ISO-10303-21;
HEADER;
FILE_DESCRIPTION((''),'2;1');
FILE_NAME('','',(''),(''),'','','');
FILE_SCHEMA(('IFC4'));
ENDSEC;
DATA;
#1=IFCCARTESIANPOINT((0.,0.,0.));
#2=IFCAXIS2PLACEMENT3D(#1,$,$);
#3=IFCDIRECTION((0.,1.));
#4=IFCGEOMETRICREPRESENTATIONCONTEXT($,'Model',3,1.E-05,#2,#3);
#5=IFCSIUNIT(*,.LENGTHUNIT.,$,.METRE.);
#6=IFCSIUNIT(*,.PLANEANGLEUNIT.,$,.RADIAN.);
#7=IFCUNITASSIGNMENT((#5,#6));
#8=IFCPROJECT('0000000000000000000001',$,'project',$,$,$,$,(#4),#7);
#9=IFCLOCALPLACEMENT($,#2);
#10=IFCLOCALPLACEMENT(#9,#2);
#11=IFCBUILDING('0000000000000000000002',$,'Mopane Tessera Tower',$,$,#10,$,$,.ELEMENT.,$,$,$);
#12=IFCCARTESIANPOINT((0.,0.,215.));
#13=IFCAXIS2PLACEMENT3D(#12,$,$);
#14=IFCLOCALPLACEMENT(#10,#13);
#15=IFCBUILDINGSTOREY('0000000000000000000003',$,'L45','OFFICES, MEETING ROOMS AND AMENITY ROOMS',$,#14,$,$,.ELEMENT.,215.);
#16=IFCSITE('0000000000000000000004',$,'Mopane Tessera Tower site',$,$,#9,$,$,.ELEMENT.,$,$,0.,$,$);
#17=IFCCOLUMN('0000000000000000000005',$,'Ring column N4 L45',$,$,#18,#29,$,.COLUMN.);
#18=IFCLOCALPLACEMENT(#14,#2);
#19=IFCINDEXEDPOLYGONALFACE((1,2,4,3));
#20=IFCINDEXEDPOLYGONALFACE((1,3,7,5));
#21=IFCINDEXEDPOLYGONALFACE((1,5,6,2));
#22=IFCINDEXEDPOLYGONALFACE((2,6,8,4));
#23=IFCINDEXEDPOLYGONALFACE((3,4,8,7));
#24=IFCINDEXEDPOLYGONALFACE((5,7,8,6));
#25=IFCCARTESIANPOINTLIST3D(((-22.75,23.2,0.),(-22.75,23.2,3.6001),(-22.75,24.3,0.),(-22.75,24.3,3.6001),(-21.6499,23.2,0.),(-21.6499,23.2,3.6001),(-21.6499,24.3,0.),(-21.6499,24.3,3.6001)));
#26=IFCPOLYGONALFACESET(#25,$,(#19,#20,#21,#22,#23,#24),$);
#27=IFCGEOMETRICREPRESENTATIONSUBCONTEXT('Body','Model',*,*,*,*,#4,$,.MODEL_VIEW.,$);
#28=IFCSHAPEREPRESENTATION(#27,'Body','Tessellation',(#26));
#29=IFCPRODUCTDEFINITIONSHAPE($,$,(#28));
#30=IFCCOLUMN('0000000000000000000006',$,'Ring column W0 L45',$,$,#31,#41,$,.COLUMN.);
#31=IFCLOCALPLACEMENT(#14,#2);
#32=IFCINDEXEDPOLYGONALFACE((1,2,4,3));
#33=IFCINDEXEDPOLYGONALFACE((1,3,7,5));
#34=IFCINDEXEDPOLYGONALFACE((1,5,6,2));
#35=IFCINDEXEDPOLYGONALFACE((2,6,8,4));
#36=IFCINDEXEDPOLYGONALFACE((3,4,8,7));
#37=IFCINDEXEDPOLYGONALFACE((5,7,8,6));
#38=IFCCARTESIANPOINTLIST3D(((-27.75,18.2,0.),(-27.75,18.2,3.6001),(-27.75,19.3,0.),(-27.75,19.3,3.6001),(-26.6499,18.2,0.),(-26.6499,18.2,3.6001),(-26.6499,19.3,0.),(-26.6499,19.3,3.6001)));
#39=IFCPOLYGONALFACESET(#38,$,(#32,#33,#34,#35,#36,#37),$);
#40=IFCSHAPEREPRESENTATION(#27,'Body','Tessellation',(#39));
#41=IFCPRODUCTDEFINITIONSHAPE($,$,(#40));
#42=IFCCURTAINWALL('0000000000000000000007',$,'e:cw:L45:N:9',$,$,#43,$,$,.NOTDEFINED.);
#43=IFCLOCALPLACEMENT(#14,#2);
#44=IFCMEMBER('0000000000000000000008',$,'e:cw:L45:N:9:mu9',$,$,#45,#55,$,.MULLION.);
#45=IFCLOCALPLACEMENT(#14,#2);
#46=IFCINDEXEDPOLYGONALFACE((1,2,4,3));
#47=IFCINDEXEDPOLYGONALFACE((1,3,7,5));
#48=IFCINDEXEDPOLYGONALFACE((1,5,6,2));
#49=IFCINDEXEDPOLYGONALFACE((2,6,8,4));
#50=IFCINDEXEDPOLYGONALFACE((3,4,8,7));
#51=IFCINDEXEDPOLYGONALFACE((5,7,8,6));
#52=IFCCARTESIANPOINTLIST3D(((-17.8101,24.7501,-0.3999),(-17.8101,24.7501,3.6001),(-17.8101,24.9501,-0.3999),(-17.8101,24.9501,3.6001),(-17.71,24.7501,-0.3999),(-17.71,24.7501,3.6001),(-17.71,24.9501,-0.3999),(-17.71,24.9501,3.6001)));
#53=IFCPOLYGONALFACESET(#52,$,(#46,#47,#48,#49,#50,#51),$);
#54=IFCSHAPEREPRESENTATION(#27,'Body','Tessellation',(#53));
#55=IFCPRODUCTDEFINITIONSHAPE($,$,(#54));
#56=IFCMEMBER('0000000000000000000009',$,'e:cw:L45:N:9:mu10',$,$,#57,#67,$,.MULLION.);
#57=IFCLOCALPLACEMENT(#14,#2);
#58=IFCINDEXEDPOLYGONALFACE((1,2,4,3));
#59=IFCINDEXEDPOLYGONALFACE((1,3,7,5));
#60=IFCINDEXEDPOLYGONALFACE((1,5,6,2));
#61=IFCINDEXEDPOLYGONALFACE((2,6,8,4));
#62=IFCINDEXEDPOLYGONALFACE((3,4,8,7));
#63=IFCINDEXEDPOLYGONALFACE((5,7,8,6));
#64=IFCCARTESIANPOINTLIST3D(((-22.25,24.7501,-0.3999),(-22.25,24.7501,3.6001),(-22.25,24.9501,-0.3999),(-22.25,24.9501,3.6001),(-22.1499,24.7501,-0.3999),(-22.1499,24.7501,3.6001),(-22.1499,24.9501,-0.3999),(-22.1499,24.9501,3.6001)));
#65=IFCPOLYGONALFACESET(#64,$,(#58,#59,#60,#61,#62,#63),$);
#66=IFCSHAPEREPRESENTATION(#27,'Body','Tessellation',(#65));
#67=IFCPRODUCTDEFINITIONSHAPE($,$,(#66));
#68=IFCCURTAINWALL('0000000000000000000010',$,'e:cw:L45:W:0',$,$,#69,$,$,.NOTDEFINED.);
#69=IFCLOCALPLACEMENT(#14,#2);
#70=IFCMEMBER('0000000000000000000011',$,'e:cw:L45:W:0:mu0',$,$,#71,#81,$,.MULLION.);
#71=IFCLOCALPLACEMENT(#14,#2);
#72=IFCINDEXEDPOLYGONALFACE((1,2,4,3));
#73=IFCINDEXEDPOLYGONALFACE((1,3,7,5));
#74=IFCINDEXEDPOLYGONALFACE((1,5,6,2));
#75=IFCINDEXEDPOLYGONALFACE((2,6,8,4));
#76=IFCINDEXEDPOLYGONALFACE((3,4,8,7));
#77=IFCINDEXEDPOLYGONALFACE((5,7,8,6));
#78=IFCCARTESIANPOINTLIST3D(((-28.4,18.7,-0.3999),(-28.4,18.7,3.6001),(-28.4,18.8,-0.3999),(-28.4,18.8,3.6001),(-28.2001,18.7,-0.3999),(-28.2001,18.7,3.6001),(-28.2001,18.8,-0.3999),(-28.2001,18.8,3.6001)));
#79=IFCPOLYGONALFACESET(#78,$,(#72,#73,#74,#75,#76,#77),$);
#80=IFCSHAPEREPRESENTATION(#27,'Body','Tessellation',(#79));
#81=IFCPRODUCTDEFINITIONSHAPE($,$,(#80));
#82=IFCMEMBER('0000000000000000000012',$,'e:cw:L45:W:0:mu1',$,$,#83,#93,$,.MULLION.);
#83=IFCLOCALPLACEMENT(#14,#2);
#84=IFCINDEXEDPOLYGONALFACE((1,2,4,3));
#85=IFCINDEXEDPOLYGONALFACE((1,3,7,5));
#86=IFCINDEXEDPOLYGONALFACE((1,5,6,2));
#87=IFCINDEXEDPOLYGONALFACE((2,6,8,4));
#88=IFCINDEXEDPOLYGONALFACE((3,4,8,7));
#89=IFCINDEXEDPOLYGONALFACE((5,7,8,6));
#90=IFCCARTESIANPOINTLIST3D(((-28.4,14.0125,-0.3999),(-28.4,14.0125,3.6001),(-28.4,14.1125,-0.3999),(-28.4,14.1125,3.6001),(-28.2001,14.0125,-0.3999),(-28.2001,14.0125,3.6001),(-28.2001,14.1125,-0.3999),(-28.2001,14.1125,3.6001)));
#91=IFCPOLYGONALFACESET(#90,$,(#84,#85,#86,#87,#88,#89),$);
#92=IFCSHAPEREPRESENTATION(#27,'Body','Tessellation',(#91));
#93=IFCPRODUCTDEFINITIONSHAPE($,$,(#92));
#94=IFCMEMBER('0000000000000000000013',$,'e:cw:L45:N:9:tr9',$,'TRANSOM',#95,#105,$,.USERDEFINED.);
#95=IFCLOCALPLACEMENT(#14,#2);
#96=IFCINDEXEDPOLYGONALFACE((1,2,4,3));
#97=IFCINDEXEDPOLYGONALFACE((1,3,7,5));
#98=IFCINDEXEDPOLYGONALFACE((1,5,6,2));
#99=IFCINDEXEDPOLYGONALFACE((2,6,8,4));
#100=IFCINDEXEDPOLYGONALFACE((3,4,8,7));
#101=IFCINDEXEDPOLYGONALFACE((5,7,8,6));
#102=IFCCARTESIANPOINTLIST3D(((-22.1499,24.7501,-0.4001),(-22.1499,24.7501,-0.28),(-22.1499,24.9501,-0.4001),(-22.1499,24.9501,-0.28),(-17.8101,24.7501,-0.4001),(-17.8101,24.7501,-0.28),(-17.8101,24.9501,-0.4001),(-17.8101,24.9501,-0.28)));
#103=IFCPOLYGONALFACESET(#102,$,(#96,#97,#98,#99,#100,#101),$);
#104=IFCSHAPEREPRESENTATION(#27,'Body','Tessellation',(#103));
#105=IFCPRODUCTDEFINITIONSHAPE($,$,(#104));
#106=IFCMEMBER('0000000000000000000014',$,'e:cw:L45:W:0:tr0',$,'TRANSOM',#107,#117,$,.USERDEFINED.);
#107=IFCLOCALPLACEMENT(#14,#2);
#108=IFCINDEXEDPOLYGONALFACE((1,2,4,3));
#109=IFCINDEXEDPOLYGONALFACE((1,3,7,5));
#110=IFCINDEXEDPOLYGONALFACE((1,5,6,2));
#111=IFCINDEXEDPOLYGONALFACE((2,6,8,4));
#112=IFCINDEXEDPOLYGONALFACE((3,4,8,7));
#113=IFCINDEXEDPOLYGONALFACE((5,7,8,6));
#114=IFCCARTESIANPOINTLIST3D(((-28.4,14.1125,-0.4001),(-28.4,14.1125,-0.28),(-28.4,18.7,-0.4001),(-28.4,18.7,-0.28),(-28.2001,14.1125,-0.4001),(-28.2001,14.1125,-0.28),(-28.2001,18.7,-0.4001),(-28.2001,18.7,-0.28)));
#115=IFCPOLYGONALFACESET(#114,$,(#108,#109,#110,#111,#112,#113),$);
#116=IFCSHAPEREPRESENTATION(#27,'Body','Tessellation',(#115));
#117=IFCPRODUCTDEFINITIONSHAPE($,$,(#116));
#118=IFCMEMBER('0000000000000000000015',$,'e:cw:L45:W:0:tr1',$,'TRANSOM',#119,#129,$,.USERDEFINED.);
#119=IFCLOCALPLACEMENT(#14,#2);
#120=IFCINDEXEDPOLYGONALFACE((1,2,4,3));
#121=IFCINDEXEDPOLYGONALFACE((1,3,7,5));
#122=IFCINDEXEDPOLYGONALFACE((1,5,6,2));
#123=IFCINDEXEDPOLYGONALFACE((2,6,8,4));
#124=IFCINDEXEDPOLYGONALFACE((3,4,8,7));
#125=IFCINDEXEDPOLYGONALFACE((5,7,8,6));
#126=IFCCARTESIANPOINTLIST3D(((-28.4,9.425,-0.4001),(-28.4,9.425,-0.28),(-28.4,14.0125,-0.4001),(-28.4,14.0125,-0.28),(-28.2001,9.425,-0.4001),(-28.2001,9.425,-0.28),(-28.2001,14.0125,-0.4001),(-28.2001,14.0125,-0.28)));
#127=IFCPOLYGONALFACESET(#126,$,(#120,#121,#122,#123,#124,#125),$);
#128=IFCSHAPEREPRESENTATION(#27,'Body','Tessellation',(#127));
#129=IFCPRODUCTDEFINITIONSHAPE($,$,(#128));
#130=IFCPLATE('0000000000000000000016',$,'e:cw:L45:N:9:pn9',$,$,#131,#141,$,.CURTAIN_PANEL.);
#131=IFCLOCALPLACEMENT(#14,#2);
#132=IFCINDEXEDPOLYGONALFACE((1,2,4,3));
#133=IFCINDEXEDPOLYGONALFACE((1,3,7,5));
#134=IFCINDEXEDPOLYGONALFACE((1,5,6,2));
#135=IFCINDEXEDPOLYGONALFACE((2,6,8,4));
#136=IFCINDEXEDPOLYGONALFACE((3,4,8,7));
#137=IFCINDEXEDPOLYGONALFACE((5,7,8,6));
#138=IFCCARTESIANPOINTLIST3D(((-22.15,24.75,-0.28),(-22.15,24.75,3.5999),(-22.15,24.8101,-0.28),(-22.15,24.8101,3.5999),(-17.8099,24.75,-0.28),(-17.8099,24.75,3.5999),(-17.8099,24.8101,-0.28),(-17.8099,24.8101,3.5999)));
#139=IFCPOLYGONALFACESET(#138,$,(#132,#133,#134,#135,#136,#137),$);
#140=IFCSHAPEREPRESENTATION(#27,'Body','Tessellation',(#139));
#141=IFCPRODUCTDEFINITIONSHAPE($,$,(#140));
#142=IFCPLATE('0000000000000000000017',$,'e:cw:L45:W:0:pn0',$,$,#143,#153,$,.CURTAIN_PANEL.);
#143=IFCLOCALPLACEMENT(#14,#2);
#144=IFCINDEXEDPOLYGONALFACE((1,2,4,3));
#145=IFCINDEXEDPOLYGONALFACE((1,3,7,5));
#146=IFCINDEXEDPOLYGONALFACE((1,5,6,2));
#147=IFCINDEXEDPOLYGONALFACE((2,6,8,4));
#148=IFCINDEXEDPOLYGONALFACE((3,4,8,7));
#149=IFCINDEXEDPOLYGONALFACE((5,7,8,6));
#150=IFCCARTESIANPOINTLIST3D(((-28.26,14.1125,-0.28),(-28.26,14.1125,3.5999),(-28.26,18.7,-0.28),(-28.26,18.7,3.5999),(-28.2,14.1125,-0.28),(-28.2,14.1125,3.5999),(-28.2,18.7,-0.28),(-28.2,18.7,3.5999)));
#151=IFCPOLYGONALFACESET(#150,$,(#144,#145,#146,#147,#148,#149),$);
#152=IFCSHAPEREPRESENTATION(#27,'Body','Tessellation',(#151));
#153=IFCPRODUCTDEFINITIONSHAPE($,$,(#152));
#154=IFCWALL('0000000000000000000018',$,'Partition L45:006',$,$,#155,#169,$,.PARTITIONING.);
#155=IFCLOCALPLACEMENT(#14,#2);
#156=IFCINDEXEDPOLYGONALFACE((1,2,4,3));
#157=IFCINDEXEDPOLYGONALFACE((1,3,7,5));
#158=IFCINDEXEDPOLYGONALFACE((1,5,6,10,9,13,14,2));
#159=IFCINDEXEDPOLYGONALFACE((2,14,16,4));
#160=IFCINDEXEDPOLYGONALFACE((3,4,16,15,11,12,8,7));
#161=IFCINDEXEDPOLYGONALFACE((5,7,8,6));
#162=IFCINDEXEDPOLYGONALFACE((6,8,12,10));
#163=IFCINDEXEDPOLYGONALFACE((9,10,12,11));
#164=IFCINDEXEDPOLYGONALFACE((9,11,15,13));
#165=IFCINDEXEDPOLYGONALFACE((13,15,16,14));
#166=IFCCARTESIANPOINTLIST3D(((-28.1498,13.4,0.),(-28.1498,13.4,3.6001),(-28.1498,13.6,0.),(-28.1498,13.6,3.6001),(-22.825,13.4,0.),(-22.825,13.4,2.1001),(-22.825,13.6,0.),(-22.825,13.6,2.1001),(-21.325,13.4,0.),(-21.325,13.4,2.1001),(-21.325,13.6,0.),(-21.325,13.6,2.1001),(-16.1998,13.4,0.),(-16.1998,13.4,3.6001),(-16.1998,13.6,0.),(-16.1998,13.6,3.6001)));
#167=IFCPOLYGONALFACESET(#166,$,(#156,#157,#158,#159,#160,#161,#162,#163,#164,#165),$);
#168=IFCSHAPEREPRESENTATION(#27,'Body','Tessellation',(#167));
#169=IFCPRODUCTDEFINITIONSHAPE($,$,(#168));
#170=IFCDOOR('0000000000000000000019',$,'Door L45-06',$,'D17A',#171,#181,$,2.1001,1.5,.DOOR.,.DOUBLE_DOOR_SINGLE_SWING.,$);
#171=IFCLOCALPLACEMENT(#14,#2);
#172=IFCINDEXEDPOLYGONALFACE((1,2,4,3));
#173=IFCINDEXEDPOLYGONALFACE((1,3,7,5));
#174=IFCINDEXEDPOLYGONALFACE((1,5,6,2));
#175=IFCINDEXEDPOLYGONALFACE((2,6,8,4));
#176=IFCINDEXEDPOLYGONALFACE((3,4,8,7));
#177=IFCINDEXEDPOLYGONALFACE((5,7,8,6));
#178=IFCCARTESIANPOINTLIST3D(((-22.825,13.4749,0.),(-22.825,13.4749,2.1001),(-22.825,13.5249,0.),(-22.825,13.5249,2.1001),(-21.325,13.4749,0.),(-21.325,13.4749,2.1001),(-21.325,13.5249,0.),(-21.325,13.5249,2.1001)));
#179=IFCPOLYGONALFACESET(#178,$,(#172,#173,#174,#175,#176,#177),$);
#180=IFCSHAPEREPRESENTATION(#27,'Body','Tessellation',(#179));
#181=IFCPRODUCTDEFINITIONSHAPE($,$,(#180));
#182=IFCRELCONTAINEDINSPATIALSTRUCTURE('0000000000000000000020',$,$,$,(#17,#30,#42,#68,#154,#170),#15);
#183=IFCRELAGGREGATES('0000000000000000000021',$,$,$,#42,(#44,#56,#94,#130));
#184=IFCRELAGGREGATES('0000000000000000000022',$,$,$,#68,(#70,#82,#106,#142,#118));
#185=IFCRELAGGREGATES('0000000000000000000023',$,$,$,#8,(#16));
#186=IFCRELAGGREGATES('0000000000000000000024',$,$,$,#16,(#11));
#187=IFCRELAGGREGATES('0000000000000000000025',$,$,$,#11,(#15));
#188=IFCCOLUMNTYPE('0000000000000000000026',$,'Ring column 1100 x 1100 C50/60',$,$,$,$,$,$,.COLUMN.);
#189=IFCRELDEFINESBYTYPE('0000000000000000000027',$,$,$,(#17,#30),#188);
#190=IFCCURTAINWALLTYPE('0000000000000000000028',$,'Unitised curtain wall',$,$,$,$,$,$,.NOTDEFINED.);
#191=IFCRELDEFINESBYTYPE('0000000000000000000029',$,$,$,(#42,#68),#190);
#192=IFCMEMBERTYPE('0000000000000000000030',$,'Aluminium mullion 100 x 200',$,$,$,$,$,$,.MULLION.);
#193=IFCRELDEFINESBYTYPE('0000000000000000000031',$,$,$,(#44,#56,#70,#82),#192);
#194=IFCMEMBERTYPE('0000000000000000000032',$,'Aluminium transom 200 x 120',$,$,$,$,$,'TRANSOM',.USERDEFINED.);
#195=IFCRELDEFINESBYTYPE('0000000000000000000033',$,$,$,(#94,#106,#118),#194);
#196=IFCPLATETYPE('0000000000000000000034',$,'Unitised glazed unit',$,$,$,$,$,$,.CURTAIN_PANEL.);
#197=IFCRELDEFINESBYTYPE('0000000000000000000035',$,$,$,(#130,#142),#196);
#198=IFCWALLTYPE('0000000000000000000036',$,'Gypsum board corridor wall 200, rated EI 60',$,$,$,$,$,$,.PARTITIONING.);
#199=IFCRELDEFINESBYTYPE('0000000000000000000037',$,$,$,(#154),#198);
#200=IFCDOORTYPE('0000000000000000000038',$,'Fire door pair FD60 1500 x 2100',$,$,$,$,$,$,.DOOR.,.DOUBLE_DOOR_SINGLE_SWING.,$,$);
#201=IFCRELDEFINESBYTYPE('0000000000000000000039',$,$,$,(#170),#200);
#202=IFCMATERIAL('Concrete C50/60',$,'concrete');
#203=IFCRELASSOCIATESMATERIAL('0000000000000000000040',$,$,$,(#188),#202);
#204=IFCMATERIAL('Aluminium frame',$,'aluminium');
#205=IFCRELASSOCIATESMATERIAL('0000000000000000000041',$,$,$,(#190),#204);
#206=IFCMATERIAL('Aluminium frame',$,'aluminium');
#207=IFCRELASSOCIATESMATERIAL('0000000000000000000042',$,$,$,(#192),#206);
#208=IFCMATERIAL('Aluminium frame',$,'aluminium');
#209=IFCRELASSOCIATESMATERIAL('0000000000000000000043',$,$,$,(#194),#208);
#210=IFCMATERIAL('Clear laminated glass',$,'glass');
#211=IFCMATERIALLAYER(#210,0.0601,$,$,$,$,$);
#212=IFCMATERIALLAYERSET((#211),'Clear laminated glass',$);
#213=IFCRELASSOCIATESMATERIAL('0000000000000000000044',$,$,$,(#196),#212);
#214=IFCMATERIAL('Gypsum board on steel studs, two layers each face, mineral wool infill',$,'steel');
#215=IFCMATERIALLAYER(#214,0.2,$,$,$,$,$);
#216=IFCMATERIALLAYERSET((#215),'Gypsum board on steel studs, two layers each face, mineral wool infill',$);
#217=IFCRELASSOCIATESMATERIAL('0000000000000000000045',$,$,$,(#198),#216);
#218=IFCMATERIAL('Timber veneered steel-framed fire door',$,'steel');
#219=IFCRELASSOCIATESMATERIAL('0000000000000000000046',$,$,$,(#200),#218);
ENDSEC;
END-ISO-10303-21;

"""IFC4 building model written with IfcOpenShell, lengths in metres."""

from ifc_helpers import new_model, si_unit, direction, frame, frame_2d, origin, origin_2d, place, context, subcontext, project, spatial, rectangle, extrude, material, layer, layer_set, material_profile, profile_set, type_object, element, fill, aggregate, save


model = new_model("IFC4")

# Units and contexts
model_context = context("Model", 3, precision=1e-05, world=origin(), true_north=direction((0.0, 1.0)))
body_context = subcontext(model_context, "Body", "Model", "MODEL_VIEW")
ifc_project = project(units=[si_unit("LENGTHUNIT", "METRE"), si_unit("PLANEANGLEUNIT", "RADIAN")], contexts=[model_context])

# Site, building, storey
site_placement = place(None, origin())
site = spatial("IfcSite", under=ifc_project, at=site_placement, Name="Mopane Tessera Tower site", CompositionType="ELEMENT", RefElevation=0.0)
building_placement = place(site_placement, origin())
building = spatial("IfcBuilding", under=site, at=building_placement, Name="Mopane Tessera Tower", CompositionType="ELEMENT")
storey_placement = place(building_placement, frame((0.0, 0.0, 215.0)))
storey = spatial("IfcBuildingStorey", under=building, at=storey_placement, Name="L45", Description="OFFICES, MEETING ROOMS AND AMENITY ROOMS", CompositionType="ELEMENT", Elevation=215.0)

# Columns
ifc_material_1 = material(Name="Concrete C50/60", Category="concrete")
ifc_material_profile_1 = material_profile(ifc_material_1, rectangle(XDim=1.1001, YDim=1.1001, at=origin_2d()))
ifc_profile_set_1 = profile_set([ifc_material_profile_1], Name="Concrete C50/60")
column_type = type_object("IfcColumnType", Name="Ring column 1100 x 1100 C50/60", PredefinedType="COLUMN", material=ifc_profile_set_1)
for number, where, z_axis, x_axis, name in (
    (1, (-22.2, 23.75, 0.0), (0.0, 0.0, 1.0), (1.0, 0.0, 0.0), "Ring column N4 L45"),
    (2, (-27.2, 18.75, 0.0), (0.0, 0.0, 1.0), (1.0, 0.0, 0.0), "Ring column W0 L45"),
):
    element("IfcColumn", number, at=place(storey_placement, frame(where, z_axis=z_axis, x_axis=x_axis)), inside=storey, type_object=column_type, Name=name, PredefinedType="COLUMN", context=body_context, shape_type="SweptSolid", body=[
        extrude(rectangle(XDim=1.1001, YDim=1.1001, at=origin_2d()), origin(), (0.0, 0.0, 1.0), 3.6001),
    ])

# Curtain walls, members
ifc_material_2 = material(Name="Aluminium frame", Category="aluminium")
curtain_wall_type = type_object("IfcCurtainWallType", Name="Unitised curtain wall", PredefinedType="NOTDEFINED", material=ifc_material_2)
curtain_wall_1_placement = place(storey_placement, origin())
curtain_wall_1 = element("IfcCurtainWall", 3, at=curtain_wall_1_placement, inside=storey, type_object=curtain_wall_type, Name="e:cw:L45:N:9", PredefinedType="NOTDEFINED")
ifc_material_3 = material(Name="Aluminium frame", Category="aluminium")
ifc_material_profile_2 = material_profile(ifc_material_3, rectangle(XDim=0.1001, YDim=0.2, at=origin_2d()))
ifc_profile_set_2 = profile_set([ifc_material_profile_2], Name="Aluminium frame")
member_type_1 = type_object("IfcMemberType", Name="Aluminium mullion 100 x 200", PredefinedType="MULLION", material=ifc_profile_set_2)
member_1_placement = place(storey_placement, frame((-17.76, 24.8501, -0.3999), z_axis=(0.0, 0.0, 1.0), x_axis=(-1.0, 0.0, 0.0)))
member_1 = element("IfcMember", 4, at=member_1_placement, type_object=member_type_1, Name="e:cw:L45:N:9:mu9", PredefinedType="MULLION", context=body_context, shape_type="SweptSolid", body=[
    extrude(rectangle(XDim=0.1001, YDim=0.2, at=origin_2d()), origin(), (0.0, 0.0, 1.0), 4.0),
])
member_2_placement = place(storey_placement, frame((-22.2, 24.8501, -0.3999), z_axis=(0.0, 0.0, 1.0), x_axis=(-1.0, 0.0, 0.0)))
member_2 = element("IfcMember", 5, at=member_2_placement, type_object=member_type_1, Name="e:cw:L45:N:9:mu10", PredefinedType="MULLION", context=body_context, shape_type="SweptSolid", body=[
    extrude(rectangle(XDim=0.1001, YDim=0.2, at=origin_2d()), origin(), (0.0, 0.0, 1.0), 4.0),
])
curtain_wall_2_placement = place(storey_placement, origin())
curtain_wall_2 = element("IfcCurtainWall", 6, at=curtain_wall_2_placement, inside=storey, type_object=curtain_wall_type, Name="e:cw:L45:W:0", PredefinedType="NOTDEFINED")
member_3_placement = place(storey_placement, frame((-28.3, 18.75, -0.3999), z_axis=(0.0, 0.0, 1.0), x_axis=(0.0, -1.0, 0.0)))
member_3 = element("IfcMember", 7, at=member_3_placement, type_object=member_type_1, Name="e:cw:L45:W:0:mu0", PredefinedType="MULLION", context=body_context, shape_type="SweptSolid", body=[
    extrude(rectangle(XDim=0.1001, YDim=0.2, at=origin_2d()), origin(), (0.0, 0.0, 1.0), 4.0),
])
member_4_placement = place(storey_placement, frame((-28.3, 14.0625, -0.3999), z_axis=(0.0, 0.0, 1.0), x_axis=(0.0, -1.0, 0.0)))
member_4 = element("IfcMember", 8, at=member_4_placement, type_object=member_type_1, Name="e:cw:L45:W:0:mu1", PredefinedType="MULLION", context=body_context, shape_type="SweptSolid", body=[
    extrude(rectangle(XDim=0.1001, YDim=0.2, at=origin_2d()), origin(), (0.0, 0.0, 1.0), 4.0),
])

# Members
ifc_material_4 = material(Name="Aluminium frame", Category="aluminium")
ifc_material_profile_3 = material_profile(ifc_material_4, rectangle(XDim=0.2, YDim=0.1201, at=origin_2d()))
ifc_profile_set_3 = profile_set([ifc_material_profile_3], Name="Aluminium frame")
member_type_2 = type_object("IfcMemberType", Name="Aluminium transom 200 x 120", ElementType="TRANSOM", PredefinedType="USERDEFINED", material=ifc_profile_set_3)
member_5_placement = place(storey_placement, frame((-17.8101, 24.8501, -0.3401), z_axis=(-1.0, 0.0, 0.0), x_axis=(0.0, -1.0, 0.0)))
member_5 = element("IfcMember", 9, at=member_5_placement, type_object=member_type_2, Name="e:cw:L45:N:9:tr9", ObjectType="TRANSOM", PredefinedType="USERDEFINED", context=body_context, shape_type="SweptSolid", body=[
    extrude(rectangle(XDim=0.2, YDim=0.1201, at=origin_2d()), origin(), (0.0, 0.0, 1.0), 4.3398),
])
member_6_placement = place(storey_placement, frame((-28.3, 18.7, -0.3401), z_axis=(0.0, -1.0, 0.0), x_axis=(1.0, 0.0, 0.0)))
member_6 = element("IfcMember", 10, at=member_6_placement, type_object=member_type_2, Name="e:cw:L45:W:0:tr0", ObjectType="TRANSOM", PredefinedType="USERDEFINED", context=body_context, shape_type="SweptSolid", body=[
    extrude(rectangle(XDim=0.2, YDim=0.1201, at=origin_2d()), origin(), (0.0, 0.0, 1.0), 4.5874),
])
member_7_placement = place(storey_placement, frame((-28.3, 14.0125, -0.3401), z_axis=(0.0, -1.0, 0.0), x_axis=(1.0, 0.0, 0.0)))
member_7 = element("IfcMember", 11, at=member_7_placement, type_object=member_type_2, Name="e:cw:L45:W:0:tr1", ObjectType="TRANSOM", PredefinedType="USERDEFINED", context=body_context, shape_type="SweptSolid", body=[
    extrude(rectangle(XDim=0.2, YDim=0.1201, at=origin_2d()), origin(), (0.0, 0.0, 1.0), 4.5874),
])

# Plates
ifc_material_5 = material(Name="Clear laminated glass", Category="glass")
ifc_layer_1 = layer(ifc_material_5, 0.0601)
ifc_layer_set_1 = layer_set([ifc_layer_1], Name="Clear laminated glass")
plate_type = type_object("IfcPlateType", Name="Unitised glazed unit", PredefinedType="CURTAIN_PANEL", material=ifc_layer_set_1)
plate_1_placement = place(storey_placement, frame((-19.98, 24.78, -0.28), z_axis=(0.0, 0.0, 1.0), x_axis=(-1.0, 0.0, 0.0)))
plate_1 = element("IfcPlate", 12, at=plate_1_placement, type_object=plate_type, Name="e:cw:L45:N:9:pn9", PredefinedType="CURTAIN_PANEL", context=body_context, shape_type="SweptSolid", body=[
    extrude(rectangle(XDim=4.3401, YDim=0.0601, at=origin_2d()), origin(), (0.0, 0.0, 1.0), 3.8799),
])
aggregate(curtain_wall_1, [member_1, member_2, member_5, plate_1])
plate_2_placement = place(storey_placement, frame((-28.23, 16.4062, -0.28), z_axis=(0.0, 0.0, 1.0), x_axis=(0.0, -1.0, 0.0)))
plate_2 = element("IfcPlate", 13, at=plate_2_placement, type_object=plate_type, Name="e:cw:L45:W:0:pn0", PredefinedType="CURTAIN_PANEL", context=body_context, shape_type="SweptSolid", body=[
    extrude(rectangle(XDim=4.5874, YDim=0.0601, at=origin_2d()), origin(), (0.0, 0.0, 1.0), 3.8799),
])
aggregate(curtain_wall_2, [member_3, member_4, member_6, plate_2, member_7])

# Wall, opening, door
ifc_material_6 = material(Name="Gypsum board on steel studs, two layers each face, mineral wool infill", Category="steel")
ifc_layer_2 = layer(ifc_material_6, 0.2)
ifc_layer_set_2 = layer_set([ifc_layer_2], Name="Gypsum board on steel studs, two layers each face, mineral wool infill")
wall_type_1 = type_object("IfcWallType", Name="Gypsum board corridor wall 200, rated EI 60", PredefinedType="PARTITIONING", material=ifc_layer_set_2)
wall_1_placement = place(storey_placement, frame((-28.1499, 13.5, 0.0), z_axis=(0.0, 0.0, 1.0), x_axis=(1.0, 0.0, 0.0)))
wall_1 = element("IfcWall", 14, at=wall_1_placement, inside=storey, type_object=wall_type_1, Name="Partition L45:006", PredefinedType="PARTITIONING", context=body_context, shape_type="SweptSolid", body=[
    extrude(rectangle(XDim=11.95, YDim=0.2, at=frame_2d((5.9751, 0.0))), origin(), (0.0, 0.0, 1.0), 3.6001),
])
opening_1_placement = place(wall_1_placement, frame((5.325, 0.0, 0.0)))
opening_1 = element("IfcOpeningElement", 15, at=opening_1_placement, cuts=wall_1, PredefinedType="OPENING", context=body_context, shape_type="SweptSolid", body=[
    extrude(rectangle(XDim=1.5, YDim=2.1001, at=frame_2d((0.75, 1.05))), frame((0.0, 0.1121, 0.0), z_axis=(0.0, -1.0, 0.0), x_axis=(1.0, 0.0, 0.0)), (0.0, 0.0, 1.0), 0.2239),
])
ifc_material_7 = material(Name="Timber veneered steel-framed fire door", Category="steel")
door_type_1 = type_object("IfcDoorType", Name="Fire door pair FD60 1500 x 2100", OperationType="DOUBLE_DOOR_SINGLE_SWING", PredefinedType="DOOR", material=ifc_material_7)
door_1_placement = place(opening_1_placement, origin())
door_1 = element("IfcDoor", 16, at=door_1_placement, inside=storey, type_object=door_type_1, Name="Door L45-06", ObjectType="D17A", OperationType="DOUBLE_DOOR_SINGLE_SWING", OverallHeight=2.1001, OverallWidth=1.5, PredefinedType="DOOR", context=body_context, shape_type="SweptSolid", body=[
    extrude(rectangle(XDim=1.5, YDim=2.1001, at=frame_2d((0.75, 1.05))), frame((0.0, 0.0249, 0.0), z_axis=(0.0, -1.0, 0.0), x_axis=(1.0, 0.0, 0.0)), (0.0, 0.0, 1.0), 0.05),
])
fill(opening_1, door_1)

save(model, "model.ifc")
